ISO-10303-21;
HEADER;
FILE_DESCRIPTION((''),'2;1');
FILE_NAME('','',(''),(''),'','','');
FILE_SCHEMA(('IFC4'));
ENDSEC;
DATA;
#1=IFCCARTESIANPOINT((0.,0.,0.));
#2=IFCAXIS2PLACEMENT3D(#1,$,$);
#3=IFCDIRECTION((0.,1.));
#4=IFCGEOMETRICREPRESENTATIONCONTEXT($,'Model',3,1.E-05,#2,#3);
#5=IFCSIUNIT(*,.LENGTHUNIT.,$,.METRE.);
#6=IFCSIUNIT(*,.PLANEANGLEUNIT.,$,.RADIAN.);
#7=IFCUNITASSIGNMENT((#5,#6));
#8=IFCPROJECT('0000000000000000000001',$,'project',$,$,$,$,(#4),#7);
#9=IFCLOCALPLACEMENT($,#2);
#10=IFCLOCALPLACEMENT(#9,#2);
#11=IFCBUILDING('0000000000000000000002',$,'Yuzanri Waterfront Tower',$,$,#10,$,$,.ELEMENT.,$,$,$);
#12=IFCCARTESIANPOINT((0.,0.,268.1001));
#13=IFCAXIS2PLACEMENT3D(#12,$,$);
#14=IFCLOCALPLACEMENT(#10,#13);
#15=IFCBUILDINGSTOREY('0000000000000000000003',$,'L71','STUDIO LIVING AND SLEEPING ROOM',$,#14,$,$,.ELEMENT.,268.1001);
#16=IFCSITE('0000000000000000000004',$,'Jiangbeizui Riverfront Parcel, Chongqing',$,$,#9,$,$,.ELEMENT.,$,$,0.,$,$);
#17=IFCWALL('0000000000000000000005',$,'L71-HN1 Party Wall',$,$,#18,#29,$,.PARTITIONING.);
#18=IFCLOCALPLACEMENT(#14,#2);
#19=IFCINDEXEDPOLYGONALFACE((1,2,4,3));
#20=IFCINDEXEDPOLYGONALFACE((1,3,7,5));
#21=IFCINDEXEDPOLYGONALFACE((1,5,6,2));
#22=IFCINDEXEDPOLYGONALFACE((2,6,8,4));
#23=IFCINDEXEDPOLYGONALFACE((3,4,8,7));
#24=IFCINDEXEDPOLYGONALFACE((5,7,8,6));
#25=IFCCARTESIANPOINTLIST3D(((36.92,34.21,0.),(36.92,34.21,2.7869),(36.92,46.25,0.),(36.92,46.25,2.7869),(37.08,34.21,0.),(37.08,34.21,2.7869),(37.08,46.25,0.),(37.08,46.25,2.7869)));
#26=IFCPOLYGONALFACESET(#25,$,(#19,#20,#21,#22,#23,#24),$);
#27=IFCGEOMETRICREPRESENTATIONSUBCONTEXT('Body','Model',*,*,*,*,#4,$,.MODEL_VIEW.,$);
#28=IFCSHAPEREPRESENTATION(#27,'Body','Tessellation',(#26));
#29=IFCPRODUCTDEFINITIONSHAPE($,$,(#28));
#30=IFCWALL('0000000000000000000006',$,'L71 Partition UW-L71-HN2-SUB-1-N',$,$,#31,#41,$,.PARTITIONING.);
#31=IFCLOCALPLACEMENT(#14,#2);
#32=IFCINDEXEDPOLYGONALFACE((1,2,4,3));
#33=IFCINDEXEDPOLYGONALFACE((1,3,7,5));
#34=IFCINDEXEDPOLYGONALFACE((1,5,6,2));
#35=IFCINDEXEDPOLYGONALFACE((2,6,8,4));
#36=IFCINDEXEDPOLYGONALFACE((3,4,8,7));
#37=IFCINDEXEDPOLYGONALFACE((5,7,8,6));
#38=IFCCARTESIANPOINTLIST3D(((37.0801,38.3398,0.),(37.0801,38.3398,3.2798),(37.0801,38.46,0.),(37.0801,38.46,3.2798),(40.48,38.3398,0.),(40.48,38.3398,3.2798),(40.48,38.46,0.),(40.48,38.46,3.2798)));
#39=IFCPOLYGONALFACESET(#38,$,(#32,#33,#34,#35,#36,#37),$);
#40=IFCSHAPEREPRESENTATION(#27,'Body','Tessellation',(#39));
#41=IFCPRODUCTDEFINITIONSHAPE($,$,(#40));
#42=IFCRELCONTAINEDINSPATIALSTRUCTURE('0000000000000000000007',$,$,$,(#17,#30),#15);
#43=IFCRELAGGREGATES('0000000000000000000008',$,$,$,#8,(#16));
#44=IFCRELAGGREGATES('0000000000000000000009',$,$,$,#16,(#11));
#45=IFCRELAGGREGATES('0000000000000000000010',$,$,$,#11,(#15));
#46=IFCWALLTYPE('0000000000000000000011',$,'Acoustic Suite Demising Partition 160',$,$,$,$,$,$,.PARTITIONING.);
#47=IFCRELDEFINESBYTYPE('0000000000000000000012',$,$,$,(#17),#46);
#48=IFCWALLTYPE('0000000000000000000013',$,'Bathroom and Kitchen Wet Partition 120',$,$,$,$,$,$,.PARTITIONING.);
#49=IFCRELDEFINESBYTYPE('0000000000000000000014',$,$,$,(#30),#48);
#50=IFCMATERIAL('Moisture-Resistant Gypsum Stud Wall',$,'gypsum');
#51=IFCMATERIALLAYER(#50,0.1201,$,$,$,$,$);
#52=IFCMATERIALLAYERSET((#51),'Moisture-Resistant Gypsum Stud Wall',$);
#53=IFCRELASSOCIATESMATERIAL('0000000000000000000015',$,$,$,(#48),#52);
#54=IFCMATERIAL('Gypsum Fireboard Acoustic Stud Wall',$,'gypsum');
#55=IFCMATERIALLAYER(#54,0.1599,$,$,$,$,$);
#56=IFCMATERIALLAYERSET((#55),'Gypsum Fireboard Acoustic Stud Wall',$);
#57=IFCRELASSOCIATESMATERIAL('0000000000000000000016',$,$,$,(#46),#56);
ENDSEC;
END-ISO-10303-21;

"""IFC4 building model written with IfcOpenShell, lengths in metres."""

from ifc_helpers import new_model, si_unit, direction, frame, frame_2d, origin, place, context, subcontext, project, spatial, rectangle, extrude, source, transform, mapped, material, layer, layer_set, type_object, element, save


model = new_model("IFC4")

# Units and contexts
model_context = context("Model", 3, precision=1e-05, world=origin(), true_north=direction((0.0, 1.0)))
body_context = subcontext(model_context, "Body", "Model", "MODEL_VIEW")
ifc_project = project(units=[si_unit("LENGTHUNIT", "METRE"), si_unit("PLANEANGLEUNIT", "RADIAN")], contexts=[model_context])

# Site, building, storey
site_placement = place(None, origin())
site = spatial("IfcSite", under=ifc_project, at=site_placement, Name="Jiangbeizui Riverfront Parcel, Chongqing", CompositionType="ELEMENT", RefElevation=0.0)
building_placement = place(site_placement, origin())
building = spatial("IfcBuilding", under=site, at=building_placement, Name="Yuzanri Waterfront Tower", CompositionType="ELEMENT")
storey_placement = place(building_placement, frame((0.0, 0.0, 268.1001)))
storey = spatial("IfcBuildingStorey", under=building, at=storey_placement, Name="L71", Description="STUDIO LIVING AND SLEEPING ROOM", CompositionType="ELEMENT", Elevation=268.1001)

# Shared definitions
ifc_material_1 = material(Name="Moisture-Resistant Gypsum Stud Wall", Category="gypsum")
ifc_layer_1 = layer(ifc_material_1, 0.1201)
ifc_layer_set_1 = layer_set([ifc_layer_1], Name="Moisture-Resistant Gypsum Stud Wall")
wall_type_1 = type_object("IfcWallType", Name="Bathroom and Kitchen Wet Partition 120", PredefinedType="PARTITIONING", material=ifc_layer_set_1)

# Walls
ifc_material_2 = material(Name="Gypsum Fireboard Acoustic Stud Wall", Category="gypsum")
ifc_layer_2 = layer(ifc_material_2, 0.1599)
ifc_layer_set_2 = layer_set([ifc_layer_2], Name="Gypsum Fireboard Acoustic Stud Wall")
wall_type_2 = type_object("IfcWallType", Name="Acoustic Suite Demising Partition 160", PredefinedType="PARTITIONING", material=ifc_layer_set_2)
shared_shape_1 = source(origin(), body_context, "Body", "SweptSolid", [
    extrude(rectangle(XDim=12.04, YDim=0.1599, at=frame_2d((6.02, 0.0))), origin(), (0.0, 0.0, 1.0), 2.7869),
])
wall_1_placement = place(storey_placement, frame((37.0, 34.21, 0.0), z_axis=(0.0, 0.0, 1.0), x_axis=(0.0, 1.0, 0.0)))
element("IfcWall", 1, at=wall_1_placement, inside=storey, type_object=wall_type_2, Name="L71-HN1 Party Wall", PredefinedType="PARTITIONING", context=body_context, shape_type="MappedRepresentation", body=[
    mapped(shared_shape_1, transform((0.0, 0.0, 0.0), scale=1.0)),
])
shared_shape_2 = source(origin(), body_context, "Body", "SweptSolid", [
    extrude(rectangle(XDim=3.3999, YDim=0.1201, at=frame_2d((1.7, 0.0))), origin(), (0.0, 0.0, 1.0), 3.2798),
])
wall_2_placement = place(storey_placement, frame((37.0801, 38.3999, 0.0), z_axis=(0.0, 0.0, 1.0), x_axis=(1.0, 0.0, 0.0)))
element("IfcWall", 2, at=wall_2_placement, inside=storey, type_object=wall_type_1, Name="L71 Partition UW-L71-HN2-SUB-1-N", PredefinedType="PARTITIONING", context=body_context, shape_type="MappedRepresentation", body=[
    mapped(shared_shape_2, transform((0.0, 0.0, 0.0), scale=1.0)),
])

save(model, "model.ifc")
